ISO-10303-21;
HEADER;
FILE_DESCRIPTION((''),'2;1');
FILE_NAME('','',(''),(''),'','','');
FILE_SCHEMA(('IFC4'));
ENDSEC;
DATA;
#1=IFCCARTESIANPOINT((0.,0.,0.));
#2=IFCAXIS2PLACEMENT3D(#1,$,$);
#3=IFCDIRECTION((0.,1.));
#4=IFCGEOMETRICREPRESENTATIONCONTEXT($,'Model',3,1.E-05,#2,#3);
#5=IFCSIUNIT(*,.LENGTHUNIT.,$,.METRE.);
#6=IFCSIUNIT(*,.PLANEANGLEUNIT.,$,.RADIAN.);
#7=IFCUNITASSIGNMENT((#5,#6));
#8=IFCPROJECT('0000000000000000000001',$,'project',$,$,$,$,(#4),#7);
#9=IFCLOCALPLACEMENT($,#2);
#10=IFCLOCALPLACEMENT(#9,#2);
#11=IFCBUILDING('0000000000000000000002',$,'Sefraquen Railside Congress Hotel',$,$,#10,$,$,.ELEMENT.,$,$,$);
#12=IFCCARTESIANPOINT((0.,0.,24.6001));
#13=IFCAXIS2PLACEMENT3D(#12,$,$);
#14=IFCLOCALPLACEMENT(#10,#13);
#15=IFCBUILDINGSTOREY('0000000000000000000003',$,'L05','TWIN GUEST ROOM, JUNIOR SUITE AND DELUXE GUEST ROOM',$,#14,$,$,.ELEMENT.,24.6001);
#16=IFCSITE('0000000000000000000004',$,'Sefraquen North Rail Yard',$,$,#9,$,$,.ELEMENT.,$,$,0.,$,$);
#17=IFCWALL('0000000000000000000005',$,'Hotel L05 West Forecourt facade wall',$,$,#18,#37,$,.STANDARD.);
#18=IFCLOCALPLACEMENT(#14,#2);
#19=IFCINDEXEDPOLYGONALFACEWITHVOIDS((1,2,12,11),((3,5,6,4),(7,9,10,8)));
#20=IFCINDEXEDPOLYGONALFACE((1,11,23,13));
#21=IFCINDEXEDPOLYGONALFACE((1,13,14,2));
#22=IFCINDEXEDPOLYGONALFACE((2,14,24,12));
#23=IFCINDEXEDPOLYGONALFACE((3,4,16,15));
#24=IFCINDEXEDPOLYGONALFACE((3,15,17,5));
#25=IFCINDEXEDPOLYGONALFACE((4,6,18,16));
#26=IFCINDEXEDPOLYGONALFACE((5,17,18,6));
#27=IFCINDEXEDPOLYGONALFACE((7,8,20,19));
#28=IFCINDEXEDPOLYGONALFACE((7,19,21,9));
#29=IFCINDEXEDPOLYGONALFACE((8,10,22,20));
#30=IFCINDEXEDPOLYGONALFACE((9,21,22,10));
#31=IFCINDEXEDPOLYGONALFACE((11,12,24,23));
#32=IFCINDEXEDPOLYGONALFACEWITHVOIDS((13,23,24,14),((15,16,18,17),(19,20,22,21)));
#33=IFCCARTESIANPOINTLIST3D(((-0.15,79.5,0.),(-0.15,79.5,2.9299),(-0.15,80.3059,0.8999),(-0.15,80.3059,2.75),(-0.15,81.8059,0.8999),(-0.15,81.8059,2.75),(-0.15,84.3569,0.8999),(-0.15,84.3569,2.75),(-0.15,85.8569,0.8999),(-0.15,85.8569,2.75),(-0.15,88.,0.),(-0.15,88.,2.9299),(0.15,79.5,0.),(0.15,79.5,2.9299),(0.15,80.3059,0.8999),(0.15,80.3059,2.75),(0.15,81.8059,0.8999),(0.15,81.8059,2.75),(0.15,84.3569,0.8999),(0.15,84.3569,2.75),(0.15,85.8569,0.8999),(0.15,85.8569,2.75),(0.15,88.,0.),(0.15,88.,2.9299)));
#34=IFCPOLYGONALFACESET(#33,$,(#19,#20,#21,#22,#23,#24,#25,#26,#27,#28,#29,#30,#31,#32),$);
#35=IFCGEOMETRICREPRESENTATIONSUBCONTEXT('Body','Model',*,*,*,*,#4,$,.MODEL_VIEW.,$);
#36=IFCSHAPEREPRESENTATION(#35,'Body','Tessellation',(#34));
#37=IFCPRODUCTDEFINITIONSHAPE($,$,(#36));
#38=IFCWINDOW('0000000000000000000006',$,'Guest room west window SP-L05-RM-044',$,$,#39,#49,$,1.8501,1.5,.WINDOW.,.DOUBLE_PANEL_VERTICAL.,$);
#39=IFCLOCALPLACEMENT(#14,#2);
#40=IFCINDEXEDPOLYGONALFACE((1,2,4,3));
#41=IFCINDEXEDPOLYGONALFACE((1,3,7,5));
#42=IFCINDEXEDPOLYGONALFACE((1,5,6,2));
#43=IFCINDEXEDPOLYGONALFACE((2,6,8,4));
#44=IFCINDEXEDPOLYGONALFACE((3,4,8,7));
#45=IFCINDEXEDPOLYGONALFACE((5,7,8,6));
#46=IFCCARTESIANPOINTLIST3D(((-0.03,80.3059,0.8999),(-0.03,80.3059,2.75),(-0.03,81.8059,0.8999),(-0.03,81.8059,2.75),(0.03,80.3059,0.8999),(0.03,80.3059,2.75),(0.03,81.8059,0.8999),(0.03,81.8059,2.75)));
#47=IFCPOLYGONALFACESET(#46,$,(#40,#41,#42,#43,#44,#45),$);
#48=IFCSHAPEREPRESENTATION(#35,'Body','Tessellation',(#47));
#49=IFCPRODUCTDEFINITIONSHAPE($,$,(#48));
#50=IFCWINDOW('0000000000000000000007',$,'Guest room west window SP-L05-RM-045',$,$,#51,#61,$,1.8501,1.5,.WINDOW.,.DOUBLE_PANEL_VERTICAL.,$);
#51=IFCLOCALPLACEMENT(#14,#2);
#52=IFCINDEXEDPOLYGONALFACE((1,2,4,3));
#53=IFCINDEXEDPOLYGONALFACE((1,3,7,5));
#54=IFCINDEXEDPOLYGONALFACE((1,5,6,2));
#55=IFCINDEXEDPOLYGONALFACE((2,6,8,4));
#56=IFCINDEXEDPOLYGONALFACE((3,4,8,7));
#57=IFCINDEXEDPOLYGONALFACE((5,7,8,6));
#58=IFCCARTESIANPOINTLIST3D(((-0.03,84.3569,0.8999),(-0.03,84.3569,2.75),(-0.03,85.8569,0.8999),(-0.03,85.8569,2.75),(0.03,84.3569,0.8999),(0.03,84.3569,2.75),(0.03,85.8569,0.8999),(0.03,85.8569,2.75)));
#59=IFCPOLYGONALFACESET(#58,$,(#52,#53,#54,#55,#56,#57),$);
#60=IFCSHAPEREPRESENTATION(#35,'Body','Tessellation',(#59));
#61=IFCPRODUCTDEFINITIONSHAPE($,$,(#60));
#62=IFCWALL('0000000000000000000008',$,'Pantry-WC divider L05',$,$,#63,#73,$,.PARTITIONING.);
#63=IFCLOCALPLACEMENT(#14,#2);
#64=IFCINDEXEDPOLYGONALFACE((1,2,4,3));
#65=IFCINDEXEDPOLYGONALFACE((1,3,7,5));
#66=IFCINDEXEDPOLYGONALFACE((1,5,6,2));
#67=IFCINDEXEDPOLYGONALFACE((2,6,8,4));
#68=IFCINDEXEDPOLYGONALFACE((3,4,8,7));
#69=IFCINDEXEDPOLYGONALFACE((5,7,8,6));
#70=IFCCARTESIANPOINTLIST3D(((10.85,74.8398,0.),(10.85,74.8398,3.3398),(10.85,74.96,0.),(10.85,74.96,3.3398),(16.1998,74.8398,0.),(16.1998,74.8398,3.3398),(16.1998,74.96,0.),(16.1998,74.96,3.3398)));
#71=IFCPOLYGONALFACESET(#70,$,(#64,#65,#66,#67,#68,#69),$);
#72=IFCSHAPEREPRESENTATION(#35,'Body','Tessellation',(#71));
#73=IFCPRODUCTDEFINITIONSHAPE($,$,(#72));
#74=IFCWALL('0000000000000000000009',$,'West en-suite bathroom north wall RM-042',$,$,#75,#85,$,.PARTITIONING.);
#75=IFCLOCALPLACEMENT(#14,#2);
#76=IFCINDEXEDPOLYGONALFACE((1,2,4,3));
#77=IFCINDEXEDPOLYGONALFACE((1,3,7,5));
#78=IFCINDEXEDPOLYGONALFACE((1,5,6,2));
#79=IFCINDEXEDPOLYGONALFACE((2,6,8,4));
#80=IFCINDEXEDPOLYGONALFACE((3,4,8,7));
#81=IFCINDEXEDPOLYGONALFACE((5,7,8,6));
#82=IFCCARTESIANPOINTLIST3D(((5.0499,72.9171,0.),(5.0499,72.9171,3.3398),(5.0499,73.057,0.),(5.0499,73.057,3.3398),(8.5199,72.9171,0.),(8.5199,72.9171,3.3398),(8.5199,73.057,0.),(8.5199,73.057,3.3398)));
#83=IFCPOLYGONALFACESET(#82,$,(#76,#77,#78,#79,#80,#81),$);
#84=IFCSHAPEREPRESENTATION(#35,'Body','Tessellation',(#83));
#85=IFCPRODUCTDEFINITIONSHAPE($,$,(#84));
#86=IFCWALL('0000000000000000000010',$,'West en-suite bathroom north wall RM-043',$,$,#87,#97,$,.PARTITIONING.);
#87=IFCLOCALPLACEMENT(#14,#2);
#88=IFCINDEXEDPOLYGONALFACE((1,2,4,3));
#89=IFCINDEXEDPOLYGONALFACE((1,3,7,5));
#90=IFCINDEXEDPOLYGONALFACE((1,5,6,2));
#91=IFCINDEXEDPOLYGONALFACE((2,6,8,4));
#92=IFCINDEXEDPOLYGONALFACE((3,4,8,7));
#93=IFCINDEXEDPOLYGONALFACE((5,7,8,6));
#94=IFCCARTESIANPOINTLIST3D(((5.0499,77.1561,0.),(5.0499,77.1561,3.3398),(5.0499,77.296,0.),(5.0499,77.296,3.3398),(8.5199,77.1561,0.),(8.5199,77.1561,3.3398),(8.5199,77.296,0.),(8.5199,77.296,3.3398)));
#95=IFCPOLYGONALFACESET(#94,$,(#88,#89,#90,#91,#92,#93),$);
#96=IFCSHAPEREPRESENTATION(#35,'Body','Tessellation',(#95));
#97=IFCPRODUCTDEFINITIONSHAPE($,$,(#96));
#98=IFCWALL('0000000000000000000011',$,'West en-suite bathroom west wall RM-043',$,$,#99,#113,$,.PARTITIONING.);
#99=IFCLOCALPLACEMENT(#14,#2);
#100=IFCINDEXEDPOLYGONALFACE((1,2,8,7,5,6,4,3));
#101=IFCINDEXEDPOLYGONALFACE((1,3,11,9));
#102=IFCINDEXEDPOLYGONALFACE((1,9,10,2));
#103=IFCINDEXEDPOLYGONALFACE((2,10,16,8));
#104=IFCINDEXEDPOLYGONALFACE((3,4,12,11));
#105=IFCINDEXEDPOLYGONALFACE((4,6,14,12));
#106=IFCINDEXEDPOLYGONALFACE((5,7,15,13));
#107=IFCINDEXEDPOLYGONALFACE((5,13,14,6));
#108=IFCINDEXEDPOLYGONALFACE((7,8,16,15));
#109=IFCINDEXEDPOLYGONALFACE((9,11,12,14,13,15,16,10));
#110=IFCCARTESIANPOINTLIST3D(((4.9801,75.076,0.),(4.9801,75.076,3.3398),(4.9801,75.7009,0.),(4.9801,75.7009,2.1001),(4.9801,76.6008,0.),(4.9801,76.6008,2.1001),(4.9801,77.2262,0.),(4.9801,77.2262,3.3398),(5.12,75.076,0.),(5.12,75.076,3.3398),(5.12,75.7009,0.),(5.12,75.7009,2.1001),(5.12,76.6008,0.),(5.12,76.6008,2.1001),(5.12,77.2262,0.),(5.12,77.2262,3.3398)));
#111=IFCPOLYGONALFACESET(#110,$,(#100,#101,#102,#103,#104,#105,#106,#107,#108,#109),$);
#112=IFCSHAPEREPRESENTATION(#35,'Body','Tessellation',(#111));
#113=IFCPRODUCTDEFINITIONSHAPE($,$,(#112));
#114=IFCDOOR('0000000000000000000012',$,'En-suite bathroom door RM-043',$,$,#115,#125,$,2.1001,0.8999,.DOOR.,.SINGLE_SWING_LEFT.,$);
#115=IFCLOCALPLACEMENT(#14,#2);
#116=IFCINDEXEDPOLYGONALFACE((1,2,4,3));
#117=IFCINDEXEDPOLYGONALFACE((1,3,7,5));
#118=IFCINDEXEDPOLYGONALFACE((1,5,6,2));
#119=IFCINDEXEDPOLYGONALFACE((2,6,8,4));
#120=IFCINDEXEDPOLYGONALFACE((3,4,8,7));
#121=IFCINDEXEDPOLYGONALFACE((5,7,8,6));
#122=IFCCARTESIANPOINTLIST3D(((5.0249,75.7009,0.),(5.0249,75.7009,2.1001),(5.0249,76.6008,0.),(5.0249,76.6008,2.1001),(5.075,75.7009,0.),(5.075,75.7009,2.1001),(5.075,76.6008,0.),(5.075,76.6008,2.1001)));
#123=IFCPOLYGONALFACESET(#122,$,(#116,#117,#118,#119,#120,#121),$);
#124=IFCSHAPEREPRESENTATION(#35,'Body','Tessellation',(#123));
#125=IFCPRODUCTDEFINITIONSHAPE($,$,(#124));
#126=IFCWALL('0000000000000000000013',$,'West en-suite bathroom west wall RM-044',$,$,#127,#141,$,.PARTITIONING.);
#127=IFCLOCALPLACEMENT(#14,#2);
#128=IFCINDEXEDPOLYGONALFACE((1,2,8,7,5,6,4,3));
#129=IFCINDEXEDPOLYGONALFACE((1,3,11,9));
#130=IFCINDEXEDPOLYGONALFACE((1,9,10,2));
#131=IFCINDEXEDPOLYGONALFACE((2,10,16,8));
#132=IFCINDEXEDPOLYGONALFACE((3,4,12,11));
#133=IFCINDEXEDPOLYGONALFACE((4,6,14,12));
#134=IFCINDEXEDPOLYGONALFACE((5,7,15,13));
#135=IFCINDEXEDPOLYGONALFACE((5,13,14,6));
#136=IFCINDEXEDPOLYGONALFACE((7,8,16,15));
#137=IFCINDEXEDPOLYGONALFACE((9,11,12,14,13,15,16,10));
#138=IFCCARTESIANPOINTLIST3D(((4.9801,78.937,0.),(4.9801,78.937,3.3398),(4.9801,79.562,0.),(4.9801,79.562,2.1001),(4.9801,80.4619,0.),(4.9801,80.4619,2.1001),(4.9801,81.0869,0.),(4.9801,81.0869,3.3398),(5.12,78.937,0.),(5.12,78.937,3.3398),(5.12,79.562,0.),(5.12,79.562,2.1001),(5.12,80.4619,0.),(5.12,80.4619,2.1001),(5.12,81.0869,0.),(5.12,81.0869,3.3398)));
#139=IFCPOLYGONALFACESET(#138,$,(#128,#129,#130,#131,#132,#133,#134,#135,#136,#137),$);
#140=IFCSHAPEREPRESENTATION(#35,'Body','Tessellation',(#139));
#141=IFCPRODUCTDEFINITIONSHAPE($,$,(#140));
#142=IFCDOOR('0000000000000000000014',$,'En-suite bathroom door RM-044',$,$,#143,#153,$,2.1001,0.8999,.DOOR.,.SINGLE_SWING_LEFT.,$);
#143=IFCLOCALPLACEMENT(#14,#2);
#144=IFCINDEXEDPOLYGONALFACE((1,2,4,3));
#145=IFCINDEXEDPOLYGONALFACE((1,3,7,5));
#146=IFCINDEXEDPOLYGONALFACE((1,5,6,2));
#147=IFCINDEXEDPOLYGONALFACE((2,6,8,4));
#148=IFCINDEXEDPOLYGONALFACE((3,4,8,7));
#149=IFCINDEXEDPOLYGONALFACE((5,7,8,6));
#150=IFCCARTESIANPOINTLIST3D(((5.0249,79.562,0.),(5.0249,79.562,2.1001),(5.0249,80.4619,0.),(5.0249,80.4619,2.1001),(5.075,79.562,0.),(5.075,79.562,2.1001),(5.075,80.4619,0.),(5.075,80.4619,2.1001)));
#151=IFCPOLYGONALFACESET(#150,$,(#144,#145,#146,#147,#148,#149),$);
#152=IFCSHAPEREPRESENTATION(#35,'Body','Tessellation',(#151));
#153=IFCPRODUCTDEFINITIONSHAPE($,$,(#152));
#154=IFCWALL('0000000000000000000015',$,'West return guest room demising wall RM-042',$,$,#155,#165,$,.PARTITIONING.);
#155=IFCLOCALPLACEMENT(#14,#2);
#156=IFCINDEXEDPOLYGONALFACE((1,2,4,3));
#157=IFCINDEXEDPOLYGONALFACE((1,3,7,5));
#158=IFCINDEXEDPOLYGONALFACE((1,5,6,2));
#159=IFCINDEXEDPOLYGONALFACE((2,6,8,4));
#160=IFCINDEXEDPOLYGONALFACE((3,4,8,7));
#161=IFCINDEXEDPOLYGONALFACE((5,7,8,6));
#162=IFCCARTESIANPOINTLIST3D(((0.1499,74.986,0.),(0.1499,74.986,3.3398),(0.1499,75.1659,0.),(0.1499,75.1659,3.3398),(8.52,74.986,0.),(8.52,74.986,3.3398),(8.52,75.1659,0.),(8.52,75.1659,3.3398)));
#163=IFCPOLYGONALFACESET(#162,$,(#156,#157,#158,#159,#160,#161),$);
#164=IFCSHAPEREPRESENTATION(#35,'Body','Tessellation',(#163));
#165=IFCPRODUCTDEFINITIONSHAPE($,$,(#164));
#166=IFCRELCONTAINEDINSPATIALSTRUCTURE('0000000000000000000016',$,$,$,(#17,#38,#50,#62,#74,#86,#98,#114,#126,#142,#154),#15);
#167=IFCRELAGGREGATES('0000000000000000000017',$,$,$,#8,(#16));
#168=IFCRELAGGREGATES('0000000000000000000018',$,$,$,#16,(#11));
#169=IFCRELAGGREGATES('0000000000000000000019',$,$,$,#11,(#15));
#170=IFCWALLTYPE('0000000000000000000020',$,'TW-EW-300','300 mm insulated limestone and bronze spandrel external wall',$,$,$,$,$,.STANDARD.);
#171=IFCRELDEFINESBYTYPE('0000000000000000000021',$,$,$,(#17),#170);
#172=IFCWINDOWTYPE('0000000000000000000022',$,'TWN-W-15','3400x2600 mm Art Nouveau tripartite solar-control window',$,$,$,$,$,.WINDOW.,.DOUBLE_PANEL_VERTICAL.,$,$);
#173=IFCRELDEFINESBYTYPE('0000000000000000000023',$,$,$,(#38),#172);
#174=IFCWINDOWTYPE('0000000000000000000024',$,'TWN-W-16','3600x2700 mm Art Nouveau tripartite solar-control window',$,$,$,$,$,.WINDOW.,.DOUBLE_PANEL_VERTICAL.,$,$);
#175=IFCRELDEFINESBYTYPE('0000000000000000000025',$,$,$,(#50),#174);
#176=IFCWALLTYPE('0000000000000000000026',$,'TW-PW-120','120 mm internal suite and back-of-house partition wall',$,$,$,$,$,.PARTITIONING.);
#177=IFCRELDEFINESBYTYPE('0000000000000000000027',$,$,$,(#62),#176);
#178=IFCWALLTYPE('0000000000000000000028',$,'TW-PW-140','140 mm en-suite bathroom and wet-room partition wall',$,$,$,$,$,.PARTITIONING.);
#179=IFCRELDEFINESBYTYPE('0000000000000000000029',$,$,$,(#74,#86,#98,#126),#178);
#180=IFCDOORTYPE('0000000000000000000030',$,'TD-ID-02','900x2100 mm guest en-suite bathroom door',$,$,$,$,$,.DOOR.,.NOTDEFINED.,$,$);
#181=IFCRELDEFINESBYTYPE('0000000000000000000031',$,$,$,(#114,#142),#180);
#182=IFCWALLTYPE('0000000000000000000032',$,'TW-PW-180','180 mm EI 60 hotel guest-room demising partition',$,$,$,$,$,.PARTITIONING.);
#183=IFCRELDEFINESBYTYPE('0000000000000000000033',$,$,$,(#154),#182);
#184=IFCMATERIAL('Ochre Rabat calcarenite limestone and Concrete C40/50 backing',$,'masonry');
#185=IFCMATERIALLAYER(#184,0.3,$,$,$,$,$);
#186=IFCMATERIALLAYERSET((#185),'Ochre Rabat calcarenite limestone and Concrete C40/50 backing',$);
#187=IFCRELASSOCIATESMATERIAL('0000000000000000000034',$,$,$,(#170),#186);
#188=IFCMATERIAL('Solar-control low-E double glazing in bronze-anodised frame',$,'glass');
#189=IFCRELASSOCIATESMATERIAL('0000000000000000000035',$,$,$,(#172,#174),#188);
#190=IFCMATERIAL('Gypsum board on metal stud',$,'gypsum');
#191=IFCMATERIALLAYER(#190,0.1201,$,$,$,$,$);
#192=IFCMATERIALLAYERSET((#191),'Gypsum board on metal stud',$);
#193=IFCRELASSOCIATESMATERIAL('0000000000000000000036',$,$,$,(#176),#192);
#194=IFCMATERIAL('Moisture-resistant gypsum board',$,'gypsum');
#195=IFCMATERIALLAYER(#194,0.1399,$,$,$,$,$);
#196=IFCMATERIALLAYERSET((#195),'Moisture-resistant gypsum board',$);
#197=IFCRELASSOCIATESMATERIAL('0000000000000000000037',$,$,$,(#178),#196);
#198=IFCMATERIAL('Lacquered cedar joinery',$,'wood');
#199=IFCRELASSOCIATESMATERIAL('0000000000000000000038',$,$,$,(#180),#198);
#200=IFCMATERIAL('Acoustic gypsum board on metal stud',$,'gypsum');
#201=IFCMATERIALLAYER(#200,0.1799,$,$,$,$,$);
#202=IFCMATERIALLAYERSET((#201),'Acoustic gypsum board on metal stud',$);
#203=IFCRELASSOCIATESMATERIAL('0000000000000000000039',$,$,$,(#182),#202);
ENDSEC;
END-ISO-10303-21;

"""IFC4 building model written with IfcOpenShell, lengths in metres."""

from ifc_helpers import new_model, si_unit, direction, frame, frame_2d, origin, place, context, subcontext, project, spatial, rectangle, extrude, material, layer, layer_set, type_object, element, fill, save


model = new_model("IFC4")

# Units and contexts
model_context = context("Model", 3, precision=1e-05, world=origin(), true_north=direction((0.0, 1.0)))
body_context = subcontext(model_context, "Body", "Model", "MODEL_VIEW")
ifc_project = project(units=[si_unit("LENGTHUNIT", "METRE"), si_unit("PLANEANGLEUNIT", "RADIAN")], contexts=[model_context])

# Site, building, storey
site_placement = place(None, origin())
site = spatial("IfcSite", under=ifc_project, at=site_placement, Name="Sefraquen North Rail Yard", CompositionType="ELEMENT", RefElevation=0.0)
building_placement = place(site_placement, origin())
building = spatial("IfcBuilding", under=site, at=building_placement, Name="Sefraquen Railside Congress Hotel", CompositionType="ELEMENT")
storey_placement = place(building_placement, frame((0.0, 0.0, 24.6001)))
storey = spatial("IfcBuildingStorey", under=building, at=storey_placement, Name="L05", Description="TWIN GUEST ROOM, JUNIOR SUITE AND DELUXE GUEST ROOM", CompositionType="ELEMENT", Elevation=24.6001)

# Wall, openings, windows
ifc_material_1 = material(Name="Ochre Rabat calcarenite limestone and Concrete C40/50 backing", Category="masonry")
ifc_layer_1 = layer(ifc_material_1, 0.3)
ifc_layer_set_1 = layer_set([ifc_layer_1], Name="Ochre Rabat calcarenite limestone and Concrete C40/50 backing")
wall_type_1 = type_object("IfcWallType", Name="TW-EW-300", Description="300 mm insulated limestone and bronze spandrel external wall", PredefinedType="STANDARD", material=ifc_layer_set_1)
ifc_material_2 = material(Name="Solar-control low-E double glazing in bronze-anodised frame", Category="glass")
wall_1_placement = place(storey_placement, frame((0.0, 79.5, 0.0), z_axis=(0.0, 0.0, 1.0), x_axis=(0.0, 1.0, 0.0)))
wall_1 = element("IfcWall", 1, at=wall_1_placement, inside=storey, type_object=wall_type_1, Name="Hotel L05 West Forecourt facade wall", PredefinedType="STANDARD", context=body_context, shape_type="SweptSolid", body=[
    extrude(rectangle(XDim=8.5, YDim=0.3, at=frame_2d((4.25, 0.0))), origin(), (0.0, 0.0, 1.0), 2.9299),
])
opening_1_placement = place(wall_1_placement, frame((0.8059, 0.0, 0.8999)))
opening_1 = element("IfcOpeningElement", 2, at=opening_1_placement, cuts=wall_1, PredefinedType="OPENING", context=body_context, shape_type="SweptSolid", body=[
    extrude(rectangle(XDim=1.5, YDim=1.8501, at=frame_2d((0.75, 0.925))), frame((0.0, 0.1599, 0.0), z_axis=(0.0, -1.0, 0.0), x_axis=(1.0, 0.0, 0.0)), (0.0, 0.0, 1.0), 0.3201),
])
opening_2_placement = place(wall_1_placement, frame((4.8569, 0.0, 0.8999)))
opening_2 = element("IfcOpeningElement", 3, at=opening_2_placement, cuts=wall_1, PredefinedType="OPENING", context=body_context, shape_type="SweptSolid", body=[
    extrude(rectangle(XDim=1.5, YDim=1.8501, at=frame_2d((0.75, 0.925))), frame((0.0, 0.1599, 0.0), z_axis=(0.0, -1.0, 0.0), x_axis=(1.0, 0.0, 0.0)), (0.0, 0.0, 1.0), 0.3201),
])
window_type_1 = type_object("IfcWindowType", Name="TWN-W-15", Description="3400x2600 mm Art Nouveau tripartite solar-control window", PartitioningType="DOUBLE_PANEL_VERTICAL", PredefinedType="WINDOW", material=ifc_material_2)
window_1_placement = place(opening_1_placement, origin())
window_1 = element("IfcWindow", 4, at=window_1_placement, inside=storey, type_object=window_type_1, Name="Guest room west window SP-L05-RM-044", OverallHeight=1.8501, OverallWidth=1.5, PartitioningType="DOUBLE_PANEL_VERTICAL", PredefinedType="WINDOW", context=body_context, shape_type="SweptSolid", body=[
    extrude(rectangle(XDim=1.5, YDim=1.8501, at=frame_2d((0.75, 0.925))), frame((0.0, 0.03, 0.0), z_axis=(0.0, -1.0, 0.0), x_axis=(1.0, 0.0, 0.0)), (0.0, 0.0, 1.0), 0.0601),
])
fill(opening_1, window_1)
window_type_2 = type_object("IfcWindowType", Name="TWN-W-16", Description="3600x2700 mm Art Nouveau tripartite solar-control window", PartitioningType="DOUBLE_PANEL_VERTICAL", PredefinedType="WINDOW", material=ifc_material_2)
window_2_placement = place(opening_2_placement, origin())
window_2 = element("IfcWindow", 5, at=window_2_placement, inside=storey, type_object=window_type_2, Name="Guest room west window SP-L05-RM-045", OverallHeight=1.8501, OverallWidth=1.5, PartitioningType="DOUBLE_PANEL_VERTICAL", PredefinedType="WINDOW", context=body_context, shape_type="SweptSolid", body=[
    extrude(rectangle(XDim=1.5, YDim=1.8501, at=frame_2d((0.75, 0.925))), frame((0.0, 0.03, 0.0), z_axis=(0.0, -1.0, 0.0), x_axis=(1.0, 0.0, 0.0)), (0.0, 0.0, 1.0), 0.0601),
])
fill(opening_2, window_2)

# Walls
ifc_material_3 = material(Name="Gypsum board on metal stud", Category="gypsum")
ifc_layer_2 = layer(ifc_material_3, 0.1201)
ifc_layer_set_2 = layer_set([ifc_layer_2], Name="Gypsum board on metal stud")
wall_type_2 = type_object("IfcWallType", Name="TW-PW-120", Description="120 mm internal suite and back-of-house partition wall", PredefinedType="PARTITIONING", material=ifc_layer_set_2)
wall_2_placement = place(storey_placement, frame((10.8501, 74.8999, 0.0), z_axis=(0.0, 0.0, 1.0), x_axis=(1.0, 0.0, 0.0)))
element("IfcWall", 6, at=wall_2_placement, inside=storey, type_object=wall_type_2, Name="Pantry-WC divider L05", PredefinedType="PARTITIONING", context=body_context, shape_type="SweptSolid", body=[
    extrude(rectangle(XDim=5.3499, YDim=0.1201, at=frame_2d((2.6748, 0.0))), origin(), (0.0, 0.0, 1.0), 3.3398),
])
ifc_material_4 = material(Name="Moisture-resistant gypsum board", Category="gypsum")
ifc_layer_3 = layer(ifc_material_4, 0.1399)
ifc_layer_set_3 = layer_set([ifc_layer_3], Name="Moisture-resistant gypsum board")
wall_type_3 = type_object("IfcWallType", Name="TW-PW-140", Description="140 mm en-suite bathroom and wet-room partition wall", PredefinedType="PARTITIONING", material=ifc_layer_set_3)
for number, where, z_axis, x_axis, name in (
    (7, (5.05, 72.9871, 0.0), (0.0, 0.0, 1.0), (1.0, 0.0, 0.0), "West en-suite bathroom north wall RM-042"),
    (8, (5.05, 77.2261, 0.0), (0.0, 0.0, 1.0), (1.0, 0.0, 0.0), "West en-suite bathroom north wall RM-043"),
):
    element("IfcWall", number, at=place(storey_placement, frame(where, z_axis=z_axis, x_axis=x_axis)), inside=storey, type_object=wall_type_3, Name=name, PredefinedType="PARTITIONING", context=body_context, shape_type="SweptSolid", body=[
        extrude(rectangle(XDim=3.47, YDim=0.1399, at=frame_2d((1.7349, 0.0))), origin(), (0.0, 0.0, 1.0), 3.3398),
    ])

# Walls, openings, doors
wall_3_placement = place(storey_placement, frame((5.05, 75.0759, 0.0), z_axis=(0.0, 0.0, 1.0), x_axis=(0.0, 1.0, 0.0)))
wall_3 = element("IfcWall", 9, at=wall_3_placement, inside=storey, type_object=wall_type_3, Name="West en-suite bathroom west wall RM-043", PredefinedType="PARTITIONING", context=body_context, shape_type="SweptSolid", body=[
    extrude(rectangle(XDim=2.1501, YDim=0.1399, at=frame_2d((1.0752, 0.0))), origin(), (0.0, 0.0, 1.0), 3.3398),
])
opening_3_placement = place(wall_3_placement, frame((0.625, 0.0, 0.0)))
opening_3 = element("IfcOpeningElement", 10, at=opening_3_placement, cuts=wall_3, PredefinedType="OPENING", context=body_context, shape_type="SweptSolid", body=[
    extrude(rectangle(XDim=0.8999, YDim=2.1001, at=frame_2d((0.45, 1.05))), frame((0.0, 0.0798, 0.0), z_axis=(0.0, -1.0, 0.0), x_axis=(1.0, 0.0, 0.0)), (0.0, 0.0, 1.0), 0.1599),
])
ifc_material_5 = material(Name="Lacquered cedar joinery", Category="wood")
door_type = type_object("IfcDoorType", Name="TD-ID-02", Description="900x2100 mm guest en-suite bathroom door", OperationType="NOTDEFINED", PredefinedType="DOOR", material=ifc_material_5)
door_1_placement = place(opening_3_placement, frame((0.8999, 0.0, 0.0), z_axis=(0.0, 0.0, 1.0), x_axis=(-1.0, 0.0, 0.0)))
door_1 = element("IfcDoor", 11, at=door_1_placement, inside=storey, type_object=door_type, Name="En-suite bathroom door RM-043", OperationType="SINGLE_SWING_LEFT", OverallHeight=2.1001, OverallWidth=0.8999, PredefinedType="DOOR", context=body_context, shape_type="SweptSolid", body=[
    extrude(rectangle(XDim=0.8999, YDim=2.1001, at=frame_2d((0.45, 1.05))), frame((0.0, 0.0249, 0.0), z_axis=(0.0, -1.0, 0.0), x_axis=(1.0, 0.0, 0.0)), (0.0, 0.0, 1.0), 0.05),
])
fill(opening_3, door_1)
wall_4_placement = place(storey_placement, frame((5.05, 78.937, 0.0), z_axis=(0.0, 0.0, 1.0), x_axis=(0.0, 1.0, 0.0)))
wall_4 = element("IfcWall", 12, at=wall_4_placement, inside=storey, type_object=wall_type_3, Name="West en-suite bathroom west wall RM-044", PredefinedType="PARTITIONING", context=body_context, shape_type="SweptSolid", body=[
    extrude(rectangle(XDim=2.1499, YDim=0.1399, at=frame_2d((1.075, 0.0))), origin(), (0.0, 0.0, 1.0), 3.3398),
])
opening_4_placement = place(wall_4_placement, frame((0.625, 0.0, 0.0)))
opening_4 = element("IfcOpeningElement", 13, at=opening_4_placement, cuts=wall_4, PredefinedType="OPENING", context=body_context, shape_type="SweptSolid", body=[
    extrude(rectangle(XDim=0.8999, YDim=2.1001, at=frame_2d((0.45, 1.05))), frame((0.0, 0.0798, 0.0), z_axis=(0.0, -1.0, 0.0), x_axis=(1.0, 0.0, 0.0)), (0.0, 0.0, 1.0), 0.1599),
])
door_2_placement = place(opening_4_placement, frame((0.8999, 0.0, 0.0), z_axis=(0.0, 0.0, 1.0), x_axis=(-1.0, 0.0, 0.0)))
door_2 = element("IfcDoor", 14, at=door_2_placement, inside=storey, type_object=door_type, Name="En-suite bathroom door RM-044", OperationType="SINGLE_SWING_LEFT", OverallHeight=2.1001, OverallWidth=0.8999, PredefinedType="DOOR", context=body_context, shape_type="SweptSolid", body=[
    extrude(rectangle(XDim=0.8999, YDim=2.1001, at=frame_2d((0.45, 1.05))), frame((0.0, 0.0249, 0.0), z_axis=(0.0, -1.0, 0.0), x_axis=(1.0, 0.0, 0.0)), (0.0, 0.0, 1.0), 0.05),
])
fill(opening_4, door_2)

# Wall
ifc_material_6 = material(Name="Acoustic gypsum board on metal stud", Category="gypsum")
ifc_layer_4 = layer(ifc_material_6, 0.1799)
ifc_layer_set_4 = layer_set([ifc_layer_4], Name="Acoustic gypsum board on metal stud")
wall_type_4 = type_object("IfcWallType", Name="TW-PW-180", Description="180 mm EI 60 hotel guest-room demising partition", PredefinedType="PARTITIONING", material=ifc_layer_set_4)
for number, where, z_axis, x_axis, name in (
    (15, (0.1499, 75.0759, 0.0), (0.0, 0.0, 1.0), (1.0, 0.0, 0.0), "West return guest room demising wall RM-042"),
):
    element("IfcWall", number, at=place(storey_placement, frame(where, z_axis=z_axis, x_axis=x_axis)), inside=storey, type_object=wall_type_4, Name=name, PredefinedType="PARTITIONING", context=body_context, shape_type="SweptSolid", body=[
        extrude(rectangle(XDim=8.3701, YDim=0.1799, at=frame_2d((4.1851, 0.0))), origin(), (0.0, 0.0, 1.0), 3.3398),
    ])

save(model, "model.ifc")
